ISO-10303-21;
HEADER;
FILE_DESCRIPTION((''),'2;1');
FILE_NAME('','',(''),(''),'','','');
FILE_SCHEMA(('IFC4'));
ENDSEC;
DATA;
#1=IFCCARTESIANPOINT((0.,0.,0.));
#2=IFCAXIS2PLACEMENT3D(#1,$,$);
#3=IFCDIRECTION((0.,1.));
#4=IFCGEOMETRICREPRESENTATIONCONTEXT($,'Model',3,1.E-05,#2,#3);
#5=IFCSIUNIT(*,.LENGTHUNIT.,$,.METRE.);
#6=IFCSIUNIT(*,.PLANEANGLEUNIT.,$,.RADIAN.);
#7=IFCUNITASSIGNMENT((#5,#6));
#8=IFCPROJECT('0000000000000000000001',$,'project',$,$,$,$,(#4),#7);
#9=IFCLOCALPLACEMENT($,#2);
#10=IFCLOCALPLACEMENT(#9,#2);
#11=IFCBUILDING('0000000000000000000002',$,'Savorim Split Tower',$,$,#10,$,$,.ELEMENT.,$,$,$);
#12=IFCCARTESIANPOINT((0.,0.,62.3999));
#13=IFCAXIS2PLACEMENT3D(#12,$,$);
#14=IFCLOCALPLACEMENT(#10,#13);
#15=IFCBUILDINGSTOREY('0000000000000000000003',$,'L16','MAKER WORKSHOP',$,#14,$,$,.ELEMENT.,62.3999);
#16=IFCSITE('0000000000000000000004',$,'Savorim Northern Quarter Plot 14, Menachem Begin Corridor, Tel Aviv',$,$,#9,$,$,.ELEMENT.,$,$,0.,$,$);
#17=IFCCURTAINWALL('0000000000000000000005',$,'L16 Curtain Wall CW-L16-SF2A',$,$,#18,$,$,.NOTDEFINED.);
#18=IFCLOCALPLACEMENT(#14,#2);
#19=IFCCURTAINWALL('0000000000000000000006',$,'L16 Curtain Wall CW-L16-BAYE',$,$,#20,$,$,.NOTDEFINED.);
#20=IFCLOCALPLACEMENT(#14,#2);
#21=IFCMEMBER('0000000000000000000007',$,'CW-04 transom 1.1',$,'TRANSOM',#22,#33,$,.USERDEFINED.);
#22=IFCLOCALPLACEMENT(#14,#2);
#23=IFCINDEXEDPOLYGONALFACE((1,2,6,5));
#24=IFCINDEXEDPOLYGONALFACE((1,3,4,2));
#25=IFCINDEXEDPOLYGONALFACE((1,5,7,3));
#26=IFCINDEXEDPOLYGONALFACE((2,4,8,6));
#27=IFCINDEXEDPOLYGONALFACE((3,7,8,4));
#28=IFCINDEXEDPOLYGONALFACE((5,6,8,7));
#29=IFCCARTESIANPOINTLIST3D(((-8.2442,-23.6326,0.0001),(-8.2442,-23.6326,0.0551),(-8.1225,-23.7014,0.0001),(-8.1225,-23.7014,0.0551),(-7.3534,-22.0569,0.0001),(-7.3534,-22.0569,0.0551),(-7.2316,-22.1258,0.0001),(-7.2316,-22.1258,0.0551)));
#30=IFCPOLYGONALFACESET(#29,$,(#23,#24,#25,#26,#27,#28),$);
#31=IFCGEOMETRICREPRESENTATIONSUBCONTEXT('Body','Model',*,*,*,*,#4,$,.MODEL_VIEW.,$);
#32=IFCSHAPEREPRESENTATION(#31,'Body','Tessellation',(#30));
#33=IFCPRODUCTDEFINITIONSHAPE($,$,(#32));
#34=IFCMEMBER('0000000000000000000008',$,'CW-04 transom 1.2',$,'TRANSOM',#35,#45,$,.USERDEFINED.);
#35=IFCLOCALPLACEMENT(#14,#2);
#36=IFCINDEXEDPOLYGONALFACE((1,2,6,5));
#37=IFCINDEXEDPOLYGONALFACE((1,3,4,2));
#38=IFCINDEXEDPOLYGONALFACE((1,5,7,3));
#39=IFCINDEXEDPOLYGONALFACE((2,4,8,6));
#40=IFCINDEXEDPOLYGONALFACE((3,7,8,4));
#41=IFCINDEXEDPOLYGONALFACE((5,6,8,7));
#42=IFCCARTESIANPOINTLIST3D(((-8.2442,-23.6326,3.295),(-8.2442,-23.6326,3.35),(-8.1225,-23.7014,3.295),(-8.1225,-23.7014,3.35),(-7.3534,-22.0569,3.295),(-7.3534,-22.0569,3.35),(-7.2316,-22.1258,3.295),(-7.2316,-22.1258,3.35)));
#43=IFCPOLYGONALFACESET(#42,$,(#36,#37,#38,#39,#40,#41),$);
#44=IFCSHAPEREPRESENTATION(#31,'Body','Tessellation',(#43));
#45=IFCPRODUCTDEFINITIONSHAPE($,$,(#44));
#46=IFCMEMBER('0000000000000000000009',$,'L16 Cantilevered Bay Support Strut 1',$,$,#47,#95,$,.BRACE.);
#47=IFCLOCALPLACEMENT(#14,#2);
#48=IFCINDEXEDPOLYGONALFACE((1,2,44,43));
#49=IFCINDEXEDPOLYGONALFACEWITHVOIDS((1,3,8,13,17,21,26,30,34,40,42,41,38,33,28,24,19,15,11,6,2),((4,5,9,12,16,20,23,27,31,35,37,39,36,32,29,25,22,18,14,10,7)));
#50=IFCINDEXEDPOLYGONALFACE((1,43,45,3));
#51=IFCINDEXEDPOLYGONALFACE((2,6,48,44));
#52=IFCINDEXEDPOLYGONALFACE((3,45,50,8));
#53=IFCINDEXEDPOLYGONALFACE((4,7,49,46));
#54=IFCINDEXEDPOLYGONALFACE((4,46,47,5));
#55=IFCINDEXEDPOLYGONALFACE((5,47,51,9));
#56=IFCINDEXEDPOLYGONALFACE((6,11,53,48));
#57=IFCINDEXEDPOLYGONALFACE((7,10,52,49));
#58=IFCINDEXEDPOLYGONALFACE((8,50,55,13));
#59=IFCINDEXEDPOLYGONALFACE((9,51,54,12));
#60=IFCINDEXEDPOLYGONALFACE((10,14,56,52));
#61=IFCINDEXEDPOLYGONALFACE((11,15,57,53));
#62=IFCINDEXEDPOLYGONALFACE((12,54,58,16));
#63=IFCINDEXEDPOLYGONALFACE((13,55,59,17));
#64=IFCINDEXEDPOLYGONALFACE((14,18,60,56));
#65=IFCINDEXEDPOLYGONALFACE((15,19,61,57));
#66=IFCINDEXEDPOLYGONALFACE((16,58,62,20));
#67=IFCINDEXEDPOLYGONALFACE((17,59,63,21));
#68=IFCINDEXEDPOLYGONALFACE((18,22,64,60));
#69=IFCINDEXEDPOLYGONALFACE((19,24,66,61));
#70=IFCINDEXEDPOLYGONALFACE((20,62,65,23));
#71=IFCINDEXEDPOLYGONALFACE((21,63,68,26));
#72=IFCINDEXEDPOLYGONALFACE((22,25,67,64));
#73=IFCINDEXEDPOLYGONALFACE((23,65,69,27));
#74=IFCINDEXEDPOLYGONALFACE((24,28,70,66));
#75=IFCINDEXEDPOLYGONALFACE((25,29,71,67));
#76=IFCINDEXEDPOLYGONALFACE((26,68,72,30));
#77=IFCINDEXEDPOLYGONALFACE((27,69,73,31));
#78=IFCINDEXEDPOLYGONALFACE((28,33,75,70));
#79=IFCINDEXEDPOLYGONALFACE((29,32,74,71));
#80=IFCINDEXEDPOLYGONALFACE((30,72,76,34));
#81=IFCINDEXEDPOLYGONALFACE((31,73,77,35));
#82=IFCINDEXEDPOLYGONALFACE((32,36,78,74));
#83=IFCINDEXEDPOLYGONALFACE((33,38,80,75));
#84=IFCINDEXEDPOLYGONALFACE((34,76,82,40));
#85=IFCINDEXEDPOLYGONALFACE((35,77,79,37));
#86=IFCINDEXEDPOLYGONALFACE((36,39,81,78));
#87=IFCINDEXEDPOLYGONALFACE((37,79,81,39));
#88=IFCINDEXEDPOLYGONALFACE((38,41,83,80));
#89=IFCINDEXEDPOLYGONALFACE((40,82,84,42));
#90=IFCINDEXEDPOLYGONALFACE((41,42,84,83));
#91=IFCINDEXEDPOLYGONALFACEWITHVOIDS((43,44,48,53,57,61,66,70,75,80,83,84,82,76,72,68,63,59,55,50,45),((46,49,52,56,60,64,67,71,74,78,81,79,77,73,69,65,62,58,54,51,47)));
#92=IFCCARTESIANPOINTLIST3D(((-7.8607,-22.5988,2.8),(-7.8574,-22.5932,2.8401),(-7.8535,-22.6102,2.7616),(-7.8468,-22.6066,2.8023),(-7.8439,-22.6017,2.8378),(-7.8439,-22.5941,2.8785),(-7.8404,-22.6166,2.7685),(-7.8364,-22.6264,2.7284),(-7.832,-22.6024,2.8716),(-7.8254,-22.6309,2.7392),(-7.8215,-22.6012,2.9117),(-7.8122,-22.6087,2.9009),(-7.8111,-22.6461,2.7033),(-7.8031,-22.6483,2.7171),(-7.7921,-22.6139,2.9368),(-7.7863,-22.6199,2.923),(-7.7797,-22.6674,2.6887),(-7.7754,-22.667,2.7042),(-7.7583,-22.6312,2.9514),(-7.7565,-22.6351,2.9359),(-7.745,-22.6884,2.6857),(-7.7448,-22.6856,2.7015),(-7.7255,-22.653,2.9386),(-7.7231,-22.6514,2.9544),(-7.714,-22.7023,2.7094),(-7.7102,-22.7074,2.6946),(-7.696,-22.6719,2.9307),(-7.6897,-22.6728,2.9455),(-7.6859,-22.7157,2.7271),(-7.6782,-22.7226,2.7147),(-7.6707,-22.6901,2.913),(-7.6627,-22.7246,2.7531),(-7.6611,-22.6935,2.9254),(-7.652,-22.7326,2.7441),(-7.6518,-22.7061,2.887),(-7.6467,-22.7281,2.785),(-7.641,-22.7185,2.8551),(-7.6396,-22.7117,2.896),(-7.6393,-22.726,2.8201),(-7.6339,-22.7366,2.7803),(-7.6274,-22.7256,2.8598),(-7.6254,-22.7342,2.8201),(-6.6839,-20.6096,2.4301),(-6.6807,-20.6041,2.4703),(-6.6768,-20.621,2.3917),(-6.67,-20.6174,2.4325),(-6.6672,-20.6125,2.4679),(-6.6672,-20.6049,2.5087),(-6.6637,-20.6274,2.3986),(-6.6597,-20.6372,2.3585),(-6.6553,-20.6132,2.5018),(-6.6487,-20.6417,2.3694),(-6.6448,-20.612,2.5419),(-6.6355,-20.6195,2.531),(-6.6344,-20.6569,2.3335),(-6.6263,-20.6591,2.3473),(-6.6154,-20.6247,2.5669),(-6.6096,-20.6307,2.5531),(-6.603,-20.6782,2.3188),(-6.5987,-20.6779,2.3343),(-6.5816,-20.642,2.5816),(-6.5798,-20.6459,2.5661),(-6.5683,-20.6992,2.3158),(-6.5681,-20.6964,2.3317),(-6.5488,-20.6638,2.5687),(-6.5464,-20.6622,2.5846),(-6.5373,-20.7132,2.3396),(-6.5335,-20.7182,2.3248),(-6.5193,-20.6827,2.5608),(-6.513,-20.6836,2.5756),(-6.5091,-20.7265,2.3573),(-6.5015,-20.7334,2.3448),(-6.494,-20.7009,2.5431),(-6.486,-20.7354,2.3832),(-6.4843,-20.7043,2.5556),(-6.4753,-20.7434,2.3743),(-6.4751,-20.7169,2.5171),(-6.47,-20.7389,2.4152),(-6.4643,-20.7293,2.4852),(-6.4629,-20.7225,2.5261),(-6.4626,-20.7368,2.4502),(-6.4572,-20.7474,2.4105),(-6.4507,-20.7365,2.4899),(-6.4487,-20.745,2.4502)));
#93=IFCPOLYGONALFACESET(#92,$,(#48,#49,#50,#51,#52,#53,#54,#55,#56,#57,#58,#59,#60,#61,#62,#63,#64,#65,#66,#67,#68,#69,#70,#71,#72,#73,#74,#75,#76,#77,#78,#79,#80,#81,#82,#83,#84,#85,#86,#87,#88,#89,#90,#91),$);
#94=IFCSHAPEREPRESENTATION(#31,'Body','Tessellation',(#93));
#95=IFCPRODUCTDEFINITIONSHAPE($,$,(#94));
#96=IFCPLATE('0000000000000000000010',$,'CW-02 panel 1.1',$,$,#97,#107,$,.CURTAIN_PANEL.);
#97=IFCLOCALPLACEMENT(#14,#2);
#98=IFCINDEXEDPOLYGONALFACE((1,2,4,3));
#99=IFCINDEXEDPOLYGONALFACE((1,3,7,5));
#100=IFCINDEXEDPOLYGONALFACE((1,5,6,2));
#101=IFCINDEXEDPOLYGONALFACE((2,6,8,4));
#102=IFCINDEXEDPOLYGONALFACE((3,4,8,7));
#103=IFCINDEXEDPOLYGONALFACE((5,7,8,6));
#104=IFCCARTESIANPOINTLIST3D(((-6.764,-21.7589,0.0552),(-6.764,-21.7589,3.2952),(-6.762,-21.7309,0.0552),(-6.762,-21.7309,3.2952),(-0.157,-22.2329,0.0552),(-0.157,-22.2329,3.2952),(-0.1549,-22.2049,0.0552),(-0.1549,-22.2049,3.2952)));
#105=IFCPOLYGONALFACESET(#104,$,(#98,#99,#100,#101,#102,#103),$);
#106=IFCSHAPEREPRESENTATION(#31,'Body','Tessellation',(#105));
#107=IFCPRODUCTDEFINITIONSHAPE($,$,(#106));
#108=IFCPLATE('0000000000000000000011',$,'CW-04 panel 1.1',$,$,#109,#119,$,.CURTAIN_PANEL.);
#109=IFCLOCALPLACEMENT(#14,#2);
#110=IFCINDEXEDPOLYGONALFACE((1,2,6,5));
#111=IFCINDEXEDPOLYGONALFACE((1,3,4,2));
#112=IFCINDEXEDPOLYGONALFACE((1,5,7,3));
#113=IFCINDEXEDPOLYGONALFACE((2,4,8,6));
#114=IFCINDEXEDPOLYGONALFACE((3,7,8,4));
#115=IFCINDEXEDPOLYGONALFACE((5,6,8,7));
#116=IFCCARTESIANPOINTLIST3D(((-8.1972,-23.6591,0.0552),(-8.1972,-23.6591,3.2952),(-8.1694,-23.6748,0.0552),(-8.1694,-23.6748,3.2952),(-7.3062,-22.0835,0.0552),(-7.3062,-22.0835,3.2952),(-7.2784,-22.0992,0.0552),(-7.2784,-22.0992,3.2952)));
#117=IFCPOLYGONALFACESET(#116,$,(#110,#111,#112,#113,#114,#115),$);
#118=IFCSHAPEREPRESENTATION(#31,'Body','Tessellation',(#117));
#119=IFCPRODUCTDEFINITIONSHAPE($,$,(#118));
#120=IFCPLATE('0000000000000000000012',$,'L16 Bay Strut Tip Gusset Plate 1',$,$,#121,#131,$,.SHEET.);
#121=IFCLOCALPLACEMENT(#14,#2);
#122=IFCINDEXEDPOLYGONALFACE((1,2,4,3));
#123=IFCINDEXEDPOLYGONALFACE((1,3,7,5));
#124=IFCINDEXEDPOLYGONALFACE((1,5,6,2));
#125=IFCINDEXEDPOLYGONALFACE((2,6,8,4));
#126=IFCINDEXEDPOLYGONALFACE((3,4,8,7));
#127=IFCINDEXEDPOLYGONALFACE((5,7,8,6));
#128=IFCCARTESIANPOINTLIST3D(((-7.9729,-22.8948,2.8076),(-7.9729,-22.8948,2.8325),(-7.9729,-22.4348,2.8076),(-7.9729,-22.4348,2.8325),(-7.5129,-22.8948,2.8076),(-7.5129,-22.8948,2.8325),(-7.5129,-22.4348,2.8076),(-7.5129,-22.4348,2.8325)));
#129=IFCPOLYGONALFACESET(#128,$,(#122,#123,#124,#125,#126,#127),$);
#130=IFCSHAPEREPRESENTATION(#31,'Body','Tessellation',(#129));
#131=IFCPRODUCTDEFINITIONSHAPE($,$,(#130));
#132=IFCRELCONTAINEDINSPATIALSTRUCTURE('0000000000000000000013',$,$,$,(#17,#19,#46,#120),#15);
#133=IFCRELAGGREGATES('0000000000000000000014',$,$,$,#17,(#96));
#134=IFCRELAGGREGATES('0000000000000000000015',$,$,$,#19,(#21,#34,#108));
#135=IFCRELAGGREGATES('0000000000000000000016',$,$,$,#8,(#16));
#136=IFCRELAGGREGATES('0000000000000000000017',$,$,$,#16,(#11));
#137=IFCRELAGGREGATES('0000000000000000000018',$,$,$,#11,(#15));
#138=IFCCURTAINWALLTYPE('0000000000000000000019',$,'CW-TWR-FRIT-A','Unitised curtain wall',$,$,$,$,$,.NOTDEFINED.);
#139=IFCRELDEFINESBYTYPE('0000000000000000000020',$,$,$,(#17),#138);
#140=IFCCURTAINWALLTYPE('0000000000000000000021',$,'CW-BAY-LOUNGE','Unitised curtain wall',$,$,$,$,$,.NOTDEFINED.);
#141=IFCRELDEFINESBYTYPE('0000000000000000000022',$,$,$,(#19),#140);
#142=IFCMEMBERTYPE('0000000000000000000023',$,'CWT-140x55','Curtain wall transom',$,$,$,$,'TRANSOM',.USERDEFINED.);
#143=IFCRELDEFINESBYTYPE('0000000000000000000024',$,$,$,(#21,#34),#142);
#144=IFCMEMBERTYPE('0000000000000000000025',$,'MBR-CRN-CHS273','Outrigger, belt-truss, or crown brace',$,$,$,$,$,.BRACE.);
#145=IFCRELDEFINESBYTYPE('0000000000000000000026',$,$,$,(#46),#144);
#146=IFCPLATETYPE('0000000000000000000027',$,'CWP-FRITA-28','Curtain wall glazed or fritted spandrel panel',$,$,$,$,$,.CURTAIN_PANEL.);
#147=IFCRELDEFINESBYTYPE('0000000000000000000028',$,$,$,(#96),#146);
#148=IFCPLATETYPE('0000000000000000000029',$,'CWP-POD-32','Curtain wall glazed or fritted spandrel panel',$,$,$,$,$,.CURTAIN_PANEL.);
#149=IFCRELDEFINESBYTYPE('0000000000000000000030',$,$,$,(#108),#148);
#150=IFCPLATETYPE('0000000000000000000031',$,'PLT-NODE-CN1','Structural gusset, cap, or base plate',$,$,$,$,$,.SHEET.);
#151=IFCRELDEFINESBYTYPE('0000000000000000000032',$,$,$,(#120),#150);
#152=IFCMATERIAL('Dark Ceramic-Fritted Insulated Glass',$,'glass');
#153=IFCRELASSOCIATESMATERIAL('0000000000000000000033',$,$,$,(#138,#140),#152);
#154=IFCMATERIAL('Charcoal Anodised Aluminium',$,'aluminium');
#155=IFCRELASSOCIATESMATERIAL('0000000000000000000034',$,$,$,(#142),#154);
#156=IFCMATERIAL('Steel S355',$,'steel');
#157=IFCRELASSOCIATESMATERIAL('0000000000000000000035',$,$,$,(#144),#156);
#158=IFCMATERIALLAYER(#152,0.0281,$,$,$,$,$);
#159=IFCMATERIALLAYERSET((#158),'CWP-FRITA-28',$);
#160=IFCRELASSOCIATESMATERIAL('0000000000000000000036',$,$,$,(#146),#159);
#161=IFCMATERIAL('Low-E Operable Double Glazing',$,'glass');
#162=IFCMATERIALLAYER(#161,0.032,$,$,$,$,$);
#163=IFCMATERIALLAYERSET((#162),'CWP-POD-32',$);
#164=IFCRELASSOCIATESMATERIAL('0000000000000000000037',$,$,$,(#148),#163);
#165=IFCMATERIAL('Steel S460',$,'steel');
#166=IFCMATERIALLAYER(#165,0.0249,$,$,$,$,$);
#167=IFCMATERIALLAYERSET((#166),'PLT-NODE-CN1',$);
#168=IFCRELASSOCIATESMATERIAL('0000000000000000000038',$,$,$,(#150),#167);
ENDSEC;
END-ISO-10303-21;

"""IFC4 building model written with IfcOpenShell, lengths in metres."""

from ifc_helpers import new_model, si_unit, direction, frame, origin, origin_2d, place, context, subcontext, project, spatial, rectangle, hollow_circle, extrude, material, layer, layer_set, material_profile, profile_set, type_object, element, aggregate, save


model = new_model("IFC4")

# Units and contexts
model_context = context("Model", 3, precision=1e-05, world=origin(), true_north=direction((0.0, 1.0)))
body_context = subcontext(model_context, "Body", "Model", "MODEL_VIEW")
ifc_project = project(units=[si_unit("LENGTHUNIT", "METRE"), si_unit("PLANEANGLEUNIT", "RADIAN")], contexts=[model_context])

# Site, building, storey
site_placement = place(None, origin())
site = spatial("IfcSite", under=ifc_project, at=site_placement, Name="Savorim Northern Quarter Plot 14, Menachem Begin Corridor, Tel Aviv", CompositionType="ELEMENT", RefElevation=0.0)
building_placement = place(site_placement, origin())
building = spatial("IfcBuilding", under=site, at=building_placement, Name="Savorim Split Tower", CompositionType="ELEMENT")
storey_placement = place(building_placement, frame((0.0, 0.0, 62.3999)))
storey = spatial("IfcBuildingStorey", under=building, at=storey_placement, Name="L16", Description="MAKER WORKSHOP", CompositionType="ELEMENT", Elevation=62.3999)

# Shared definitions
ifc_material_1 = material(Name="Steel S460", Category="steel")

# Shared definitions
ifc_material_2 = material(Name="Steel S355", Category="steel")

# Curtain wall
ifc_material_3 = material(Name="Dark Ceramic-Fritted Insulated Glass", Category="glass")
curtain_wall_type_1 = type_object("IfcCurtainWallType", Name="CW-TWR-FRIT-A", Description="Unitised curtain wall", PredefinedType="NOTDEFINED", material=ifc_material_3)
curtain_wall_1_placement = place(storey_placement, origin())
curtain_wall_1 = element("IfcCurtainWall", 1, at=curtain_wall_1_placement, inside=storey, type_object=curtain_wall_type_1, Name="L16 Curtain Wall CW-L16-SF2A", PredefinedType="NOTDEFINED")
ifc_material_4 = material(Name="Charcoal Anodised Aluminium", Category="aluminium")

# Shared definitions
curtain_wall_type_2 = type_object("IfcCurtainWallType", Name="CW-BAY-LOUNGE", Description="Unitised curtain wall", PredefinedType="NOTDEFINED", material=ifc_material_3)

# Curtain wall
curtain_wall_2_placement = place(storey_placement, origin())
curtain_wall_2 = element("IfcCurtainWall", 2, at=curtain_wall_2_placement, inside=storey, type_object=curtain_wall_type_2, Name="L16 Curtain Wall CW-L16-BAYE", PredefinedType="NOTDEFINED")

# Members
ifc_material_profile_1 = material_profile(ifc_material_4, rectangle(XDim=0.1399, YDim=0.0549, at=origin_2d()), Name="ALU-T 140x55")
ifc_profile_set_1 = profile_set([ifc_material_profile_1], Name="Charcoal Anodised Aluminium")
member_type_1 = type_object("IfcMemberType", Name="CWT-140x55", Description="Curtain wall transom", ElementType="TRANSOM", PredefinedType="USERDEFINED", material=ifc_profile_set_1)
member_1_placement = place(storey_placement, frame((-8.1833, -23.667, 0.0276), z_axis=(0.492168, 0.8705, 0.0), x_axis=(-0.8705, 0.492168, 0.0)))
member_1 = element("IfcMember", 3, at=member_1_placement, type_object=member_type_1, Name="CW-04 transom 1.1", ObjectType="TRANSOM", PredefinedType="USERDEFINED", context=body_context, shape_type="SweptSolid", body=[
    extrude(rectangle(XDim=0.1399, YDim=0.0549, at=origin_2d()), origin(), (0.0, 0.0, 1.0), 1.8101),
])
member_2_placement = place(storey_placement, frame((-8.1833, -23.667, 3.3225), z_axis=(0.492168, 0.8705, 0.0), x_axis=(-0.8705, 0.492168, 0.0)))
member_2 = element("IfcMember", 4, at=member_2_placement, type_object=member_type_1, Name="CW-04 transom 1.2", ObjectType="TRANSOM", PredefinedType="USERDEFINED", context=body_context, shape_type="SweptSolid", body=[
    extrude(rectangle(XDim=0.1399, YDim=0.0549, at=origin_2d()), origin(), (0.0, 0.0, 1.0), 1.8101),
])
ifc_material_profile_2 = material_profile(ifc_material_2, hollow_circle(Radius=0.1365, WallThickness=0.0161, at=origin_2d()), Name="CHS 273x16")
ifc_profile_set_2 = profile_set([ifc_material_profile_2], Name="Steel S355")
member_type_2 = type_object("IfcMemberType", Name="MBR-CRN-CHS273", Description="Outrigger, belt-truss, or crown brace", PredefinedType="BRACE", material=ifc_profile_set_2)
member_3_placement = place(storey_placement, frame((-6.5662, -20.6755, 2.4502), z_axis=(-0.502745, -0.849869, 0.158021), x_axis=(0.860682, -0.509142, 0.0)))
element("IfcMember", 5, at=member_3_placement, inside=storey, type_object=member_type_2, Name="L16 Cantilevered Bay Support Strut 1", PredefinedType="BRACE", context=body_context, shape_type="SweptSolid", body=[
    extrude(hollow_circle(Radius=0.1365, WallThickness=0.0161, at=origin_2d()), origin(), (0.0, 0.0, 1.0), 2.3406),
])

# Plates
ifc_layer_1 = layer(ifc_material_3, 0.0281)
ifc_layer_set_1 = layer_set([ifc_layer_1], Name="CWP-FRITA-28")
plate_type_1 = type_object("IfcPlateType", Name="CWP-FRITA-28", Description="Curtain wall glazed or fritted spandrel panel", PredefinedType="CURTAIN_PANEL", material=ifc_layer_set_1)
plate_1_placement = place(storey_placement, frame((-3.4595, -21.9819, 0.0552), z_axis=(0.0, 0.0, 1.0), x_axis=(0.997436, -0.071559, 0.0)))
plate_1 = element("IfcPlate", 6, at=plate_1_placement, type_object=plate_type_1, Name="CW-02 panel 1.1", PredefinedType="CURTAIN_PANEL", context=body_context, shape_type="SweptSolid", body=[
    extrude(rectangle(XDim=6.624, YDim=0.0281, at=origin_2d()), origin(), (0.0, 0.0, 1.0), 3.24),
])
aggregate(curtain_wall_1, [plate_1])
ifc_material_5 = material(Name="Low-E Operable Double Glazing", Category="glass")
ifc_layer_2 = layer(ifc_material_5, 0.032)
ifc_layer_set_2 = layer_set([ifc_layer_2], Name="CWP-POD-32")
plate_type_2 = type_object("IfcPlateType", Name="CWP-POD-32", Description="Curtain wall glazed or fritted spandrel panel", PredefinedType="CURTAIN_PANEL", material=ifc_layer_set_2)
plate_2_placement = place(storey_placement, frame((-7.7378, -22.8792, 0.0552), z_axis=(0.0, 0.0, 1.0), x_axis=(0.492259, 0.870449, 0.0)))
plate_2 = element("IfcPlate", 7, at=plate_2_placement, type_object=plate_type_2, Name="CW-04 panel 1.1", PredefinedType="CURTAIN_PANEL", context=body_context, shape_type="SweptSolid", body=[
    extrude(rectangle(XDim=1.8101, YDim=0.032, at=origin_2d()), origin(), (0.0, 0.0, 1.0), 3.24),
])
aggregate(curtain_wall_2, [member_1, member_2, plate_2])
ifc_layer_3 = layer(ifc_material_1, 0.0249)
ifc_layer_set_3 = layer_set([ifc_layer_3], Name="PLT-NODE-CN1")
plate_type_3 = type_object("IfcPlateType", Name="PLT-NODE-CN1", Description="Structural gusset, cap, or base plate", PredefinedType="SHEET", material=ifc_layer_set_3)
plate_3_placement = place(storey_placement, frame((-7.7429, -22.6648, 2.8076), z_axis=(0.0, 0.0, 1.0), x_axis=(1.0, 0.0, 0.0)))
element("IfcPlate", 8, at=plate_3_placement, inside=storey, type_object=plate_type_3, Name="L16 Bay Strut Tip Gusset Plate 1", PredefinedType="SHEET", context=body_context, shape_type="SweptSolid", body=[
    extrude(rectangle(XDim=0.46, YDim=0.46, at=origin_2d()), origin(), (0.0, 0.0, 1.0), 0.0249),
])

save(model, "model.ifc")
